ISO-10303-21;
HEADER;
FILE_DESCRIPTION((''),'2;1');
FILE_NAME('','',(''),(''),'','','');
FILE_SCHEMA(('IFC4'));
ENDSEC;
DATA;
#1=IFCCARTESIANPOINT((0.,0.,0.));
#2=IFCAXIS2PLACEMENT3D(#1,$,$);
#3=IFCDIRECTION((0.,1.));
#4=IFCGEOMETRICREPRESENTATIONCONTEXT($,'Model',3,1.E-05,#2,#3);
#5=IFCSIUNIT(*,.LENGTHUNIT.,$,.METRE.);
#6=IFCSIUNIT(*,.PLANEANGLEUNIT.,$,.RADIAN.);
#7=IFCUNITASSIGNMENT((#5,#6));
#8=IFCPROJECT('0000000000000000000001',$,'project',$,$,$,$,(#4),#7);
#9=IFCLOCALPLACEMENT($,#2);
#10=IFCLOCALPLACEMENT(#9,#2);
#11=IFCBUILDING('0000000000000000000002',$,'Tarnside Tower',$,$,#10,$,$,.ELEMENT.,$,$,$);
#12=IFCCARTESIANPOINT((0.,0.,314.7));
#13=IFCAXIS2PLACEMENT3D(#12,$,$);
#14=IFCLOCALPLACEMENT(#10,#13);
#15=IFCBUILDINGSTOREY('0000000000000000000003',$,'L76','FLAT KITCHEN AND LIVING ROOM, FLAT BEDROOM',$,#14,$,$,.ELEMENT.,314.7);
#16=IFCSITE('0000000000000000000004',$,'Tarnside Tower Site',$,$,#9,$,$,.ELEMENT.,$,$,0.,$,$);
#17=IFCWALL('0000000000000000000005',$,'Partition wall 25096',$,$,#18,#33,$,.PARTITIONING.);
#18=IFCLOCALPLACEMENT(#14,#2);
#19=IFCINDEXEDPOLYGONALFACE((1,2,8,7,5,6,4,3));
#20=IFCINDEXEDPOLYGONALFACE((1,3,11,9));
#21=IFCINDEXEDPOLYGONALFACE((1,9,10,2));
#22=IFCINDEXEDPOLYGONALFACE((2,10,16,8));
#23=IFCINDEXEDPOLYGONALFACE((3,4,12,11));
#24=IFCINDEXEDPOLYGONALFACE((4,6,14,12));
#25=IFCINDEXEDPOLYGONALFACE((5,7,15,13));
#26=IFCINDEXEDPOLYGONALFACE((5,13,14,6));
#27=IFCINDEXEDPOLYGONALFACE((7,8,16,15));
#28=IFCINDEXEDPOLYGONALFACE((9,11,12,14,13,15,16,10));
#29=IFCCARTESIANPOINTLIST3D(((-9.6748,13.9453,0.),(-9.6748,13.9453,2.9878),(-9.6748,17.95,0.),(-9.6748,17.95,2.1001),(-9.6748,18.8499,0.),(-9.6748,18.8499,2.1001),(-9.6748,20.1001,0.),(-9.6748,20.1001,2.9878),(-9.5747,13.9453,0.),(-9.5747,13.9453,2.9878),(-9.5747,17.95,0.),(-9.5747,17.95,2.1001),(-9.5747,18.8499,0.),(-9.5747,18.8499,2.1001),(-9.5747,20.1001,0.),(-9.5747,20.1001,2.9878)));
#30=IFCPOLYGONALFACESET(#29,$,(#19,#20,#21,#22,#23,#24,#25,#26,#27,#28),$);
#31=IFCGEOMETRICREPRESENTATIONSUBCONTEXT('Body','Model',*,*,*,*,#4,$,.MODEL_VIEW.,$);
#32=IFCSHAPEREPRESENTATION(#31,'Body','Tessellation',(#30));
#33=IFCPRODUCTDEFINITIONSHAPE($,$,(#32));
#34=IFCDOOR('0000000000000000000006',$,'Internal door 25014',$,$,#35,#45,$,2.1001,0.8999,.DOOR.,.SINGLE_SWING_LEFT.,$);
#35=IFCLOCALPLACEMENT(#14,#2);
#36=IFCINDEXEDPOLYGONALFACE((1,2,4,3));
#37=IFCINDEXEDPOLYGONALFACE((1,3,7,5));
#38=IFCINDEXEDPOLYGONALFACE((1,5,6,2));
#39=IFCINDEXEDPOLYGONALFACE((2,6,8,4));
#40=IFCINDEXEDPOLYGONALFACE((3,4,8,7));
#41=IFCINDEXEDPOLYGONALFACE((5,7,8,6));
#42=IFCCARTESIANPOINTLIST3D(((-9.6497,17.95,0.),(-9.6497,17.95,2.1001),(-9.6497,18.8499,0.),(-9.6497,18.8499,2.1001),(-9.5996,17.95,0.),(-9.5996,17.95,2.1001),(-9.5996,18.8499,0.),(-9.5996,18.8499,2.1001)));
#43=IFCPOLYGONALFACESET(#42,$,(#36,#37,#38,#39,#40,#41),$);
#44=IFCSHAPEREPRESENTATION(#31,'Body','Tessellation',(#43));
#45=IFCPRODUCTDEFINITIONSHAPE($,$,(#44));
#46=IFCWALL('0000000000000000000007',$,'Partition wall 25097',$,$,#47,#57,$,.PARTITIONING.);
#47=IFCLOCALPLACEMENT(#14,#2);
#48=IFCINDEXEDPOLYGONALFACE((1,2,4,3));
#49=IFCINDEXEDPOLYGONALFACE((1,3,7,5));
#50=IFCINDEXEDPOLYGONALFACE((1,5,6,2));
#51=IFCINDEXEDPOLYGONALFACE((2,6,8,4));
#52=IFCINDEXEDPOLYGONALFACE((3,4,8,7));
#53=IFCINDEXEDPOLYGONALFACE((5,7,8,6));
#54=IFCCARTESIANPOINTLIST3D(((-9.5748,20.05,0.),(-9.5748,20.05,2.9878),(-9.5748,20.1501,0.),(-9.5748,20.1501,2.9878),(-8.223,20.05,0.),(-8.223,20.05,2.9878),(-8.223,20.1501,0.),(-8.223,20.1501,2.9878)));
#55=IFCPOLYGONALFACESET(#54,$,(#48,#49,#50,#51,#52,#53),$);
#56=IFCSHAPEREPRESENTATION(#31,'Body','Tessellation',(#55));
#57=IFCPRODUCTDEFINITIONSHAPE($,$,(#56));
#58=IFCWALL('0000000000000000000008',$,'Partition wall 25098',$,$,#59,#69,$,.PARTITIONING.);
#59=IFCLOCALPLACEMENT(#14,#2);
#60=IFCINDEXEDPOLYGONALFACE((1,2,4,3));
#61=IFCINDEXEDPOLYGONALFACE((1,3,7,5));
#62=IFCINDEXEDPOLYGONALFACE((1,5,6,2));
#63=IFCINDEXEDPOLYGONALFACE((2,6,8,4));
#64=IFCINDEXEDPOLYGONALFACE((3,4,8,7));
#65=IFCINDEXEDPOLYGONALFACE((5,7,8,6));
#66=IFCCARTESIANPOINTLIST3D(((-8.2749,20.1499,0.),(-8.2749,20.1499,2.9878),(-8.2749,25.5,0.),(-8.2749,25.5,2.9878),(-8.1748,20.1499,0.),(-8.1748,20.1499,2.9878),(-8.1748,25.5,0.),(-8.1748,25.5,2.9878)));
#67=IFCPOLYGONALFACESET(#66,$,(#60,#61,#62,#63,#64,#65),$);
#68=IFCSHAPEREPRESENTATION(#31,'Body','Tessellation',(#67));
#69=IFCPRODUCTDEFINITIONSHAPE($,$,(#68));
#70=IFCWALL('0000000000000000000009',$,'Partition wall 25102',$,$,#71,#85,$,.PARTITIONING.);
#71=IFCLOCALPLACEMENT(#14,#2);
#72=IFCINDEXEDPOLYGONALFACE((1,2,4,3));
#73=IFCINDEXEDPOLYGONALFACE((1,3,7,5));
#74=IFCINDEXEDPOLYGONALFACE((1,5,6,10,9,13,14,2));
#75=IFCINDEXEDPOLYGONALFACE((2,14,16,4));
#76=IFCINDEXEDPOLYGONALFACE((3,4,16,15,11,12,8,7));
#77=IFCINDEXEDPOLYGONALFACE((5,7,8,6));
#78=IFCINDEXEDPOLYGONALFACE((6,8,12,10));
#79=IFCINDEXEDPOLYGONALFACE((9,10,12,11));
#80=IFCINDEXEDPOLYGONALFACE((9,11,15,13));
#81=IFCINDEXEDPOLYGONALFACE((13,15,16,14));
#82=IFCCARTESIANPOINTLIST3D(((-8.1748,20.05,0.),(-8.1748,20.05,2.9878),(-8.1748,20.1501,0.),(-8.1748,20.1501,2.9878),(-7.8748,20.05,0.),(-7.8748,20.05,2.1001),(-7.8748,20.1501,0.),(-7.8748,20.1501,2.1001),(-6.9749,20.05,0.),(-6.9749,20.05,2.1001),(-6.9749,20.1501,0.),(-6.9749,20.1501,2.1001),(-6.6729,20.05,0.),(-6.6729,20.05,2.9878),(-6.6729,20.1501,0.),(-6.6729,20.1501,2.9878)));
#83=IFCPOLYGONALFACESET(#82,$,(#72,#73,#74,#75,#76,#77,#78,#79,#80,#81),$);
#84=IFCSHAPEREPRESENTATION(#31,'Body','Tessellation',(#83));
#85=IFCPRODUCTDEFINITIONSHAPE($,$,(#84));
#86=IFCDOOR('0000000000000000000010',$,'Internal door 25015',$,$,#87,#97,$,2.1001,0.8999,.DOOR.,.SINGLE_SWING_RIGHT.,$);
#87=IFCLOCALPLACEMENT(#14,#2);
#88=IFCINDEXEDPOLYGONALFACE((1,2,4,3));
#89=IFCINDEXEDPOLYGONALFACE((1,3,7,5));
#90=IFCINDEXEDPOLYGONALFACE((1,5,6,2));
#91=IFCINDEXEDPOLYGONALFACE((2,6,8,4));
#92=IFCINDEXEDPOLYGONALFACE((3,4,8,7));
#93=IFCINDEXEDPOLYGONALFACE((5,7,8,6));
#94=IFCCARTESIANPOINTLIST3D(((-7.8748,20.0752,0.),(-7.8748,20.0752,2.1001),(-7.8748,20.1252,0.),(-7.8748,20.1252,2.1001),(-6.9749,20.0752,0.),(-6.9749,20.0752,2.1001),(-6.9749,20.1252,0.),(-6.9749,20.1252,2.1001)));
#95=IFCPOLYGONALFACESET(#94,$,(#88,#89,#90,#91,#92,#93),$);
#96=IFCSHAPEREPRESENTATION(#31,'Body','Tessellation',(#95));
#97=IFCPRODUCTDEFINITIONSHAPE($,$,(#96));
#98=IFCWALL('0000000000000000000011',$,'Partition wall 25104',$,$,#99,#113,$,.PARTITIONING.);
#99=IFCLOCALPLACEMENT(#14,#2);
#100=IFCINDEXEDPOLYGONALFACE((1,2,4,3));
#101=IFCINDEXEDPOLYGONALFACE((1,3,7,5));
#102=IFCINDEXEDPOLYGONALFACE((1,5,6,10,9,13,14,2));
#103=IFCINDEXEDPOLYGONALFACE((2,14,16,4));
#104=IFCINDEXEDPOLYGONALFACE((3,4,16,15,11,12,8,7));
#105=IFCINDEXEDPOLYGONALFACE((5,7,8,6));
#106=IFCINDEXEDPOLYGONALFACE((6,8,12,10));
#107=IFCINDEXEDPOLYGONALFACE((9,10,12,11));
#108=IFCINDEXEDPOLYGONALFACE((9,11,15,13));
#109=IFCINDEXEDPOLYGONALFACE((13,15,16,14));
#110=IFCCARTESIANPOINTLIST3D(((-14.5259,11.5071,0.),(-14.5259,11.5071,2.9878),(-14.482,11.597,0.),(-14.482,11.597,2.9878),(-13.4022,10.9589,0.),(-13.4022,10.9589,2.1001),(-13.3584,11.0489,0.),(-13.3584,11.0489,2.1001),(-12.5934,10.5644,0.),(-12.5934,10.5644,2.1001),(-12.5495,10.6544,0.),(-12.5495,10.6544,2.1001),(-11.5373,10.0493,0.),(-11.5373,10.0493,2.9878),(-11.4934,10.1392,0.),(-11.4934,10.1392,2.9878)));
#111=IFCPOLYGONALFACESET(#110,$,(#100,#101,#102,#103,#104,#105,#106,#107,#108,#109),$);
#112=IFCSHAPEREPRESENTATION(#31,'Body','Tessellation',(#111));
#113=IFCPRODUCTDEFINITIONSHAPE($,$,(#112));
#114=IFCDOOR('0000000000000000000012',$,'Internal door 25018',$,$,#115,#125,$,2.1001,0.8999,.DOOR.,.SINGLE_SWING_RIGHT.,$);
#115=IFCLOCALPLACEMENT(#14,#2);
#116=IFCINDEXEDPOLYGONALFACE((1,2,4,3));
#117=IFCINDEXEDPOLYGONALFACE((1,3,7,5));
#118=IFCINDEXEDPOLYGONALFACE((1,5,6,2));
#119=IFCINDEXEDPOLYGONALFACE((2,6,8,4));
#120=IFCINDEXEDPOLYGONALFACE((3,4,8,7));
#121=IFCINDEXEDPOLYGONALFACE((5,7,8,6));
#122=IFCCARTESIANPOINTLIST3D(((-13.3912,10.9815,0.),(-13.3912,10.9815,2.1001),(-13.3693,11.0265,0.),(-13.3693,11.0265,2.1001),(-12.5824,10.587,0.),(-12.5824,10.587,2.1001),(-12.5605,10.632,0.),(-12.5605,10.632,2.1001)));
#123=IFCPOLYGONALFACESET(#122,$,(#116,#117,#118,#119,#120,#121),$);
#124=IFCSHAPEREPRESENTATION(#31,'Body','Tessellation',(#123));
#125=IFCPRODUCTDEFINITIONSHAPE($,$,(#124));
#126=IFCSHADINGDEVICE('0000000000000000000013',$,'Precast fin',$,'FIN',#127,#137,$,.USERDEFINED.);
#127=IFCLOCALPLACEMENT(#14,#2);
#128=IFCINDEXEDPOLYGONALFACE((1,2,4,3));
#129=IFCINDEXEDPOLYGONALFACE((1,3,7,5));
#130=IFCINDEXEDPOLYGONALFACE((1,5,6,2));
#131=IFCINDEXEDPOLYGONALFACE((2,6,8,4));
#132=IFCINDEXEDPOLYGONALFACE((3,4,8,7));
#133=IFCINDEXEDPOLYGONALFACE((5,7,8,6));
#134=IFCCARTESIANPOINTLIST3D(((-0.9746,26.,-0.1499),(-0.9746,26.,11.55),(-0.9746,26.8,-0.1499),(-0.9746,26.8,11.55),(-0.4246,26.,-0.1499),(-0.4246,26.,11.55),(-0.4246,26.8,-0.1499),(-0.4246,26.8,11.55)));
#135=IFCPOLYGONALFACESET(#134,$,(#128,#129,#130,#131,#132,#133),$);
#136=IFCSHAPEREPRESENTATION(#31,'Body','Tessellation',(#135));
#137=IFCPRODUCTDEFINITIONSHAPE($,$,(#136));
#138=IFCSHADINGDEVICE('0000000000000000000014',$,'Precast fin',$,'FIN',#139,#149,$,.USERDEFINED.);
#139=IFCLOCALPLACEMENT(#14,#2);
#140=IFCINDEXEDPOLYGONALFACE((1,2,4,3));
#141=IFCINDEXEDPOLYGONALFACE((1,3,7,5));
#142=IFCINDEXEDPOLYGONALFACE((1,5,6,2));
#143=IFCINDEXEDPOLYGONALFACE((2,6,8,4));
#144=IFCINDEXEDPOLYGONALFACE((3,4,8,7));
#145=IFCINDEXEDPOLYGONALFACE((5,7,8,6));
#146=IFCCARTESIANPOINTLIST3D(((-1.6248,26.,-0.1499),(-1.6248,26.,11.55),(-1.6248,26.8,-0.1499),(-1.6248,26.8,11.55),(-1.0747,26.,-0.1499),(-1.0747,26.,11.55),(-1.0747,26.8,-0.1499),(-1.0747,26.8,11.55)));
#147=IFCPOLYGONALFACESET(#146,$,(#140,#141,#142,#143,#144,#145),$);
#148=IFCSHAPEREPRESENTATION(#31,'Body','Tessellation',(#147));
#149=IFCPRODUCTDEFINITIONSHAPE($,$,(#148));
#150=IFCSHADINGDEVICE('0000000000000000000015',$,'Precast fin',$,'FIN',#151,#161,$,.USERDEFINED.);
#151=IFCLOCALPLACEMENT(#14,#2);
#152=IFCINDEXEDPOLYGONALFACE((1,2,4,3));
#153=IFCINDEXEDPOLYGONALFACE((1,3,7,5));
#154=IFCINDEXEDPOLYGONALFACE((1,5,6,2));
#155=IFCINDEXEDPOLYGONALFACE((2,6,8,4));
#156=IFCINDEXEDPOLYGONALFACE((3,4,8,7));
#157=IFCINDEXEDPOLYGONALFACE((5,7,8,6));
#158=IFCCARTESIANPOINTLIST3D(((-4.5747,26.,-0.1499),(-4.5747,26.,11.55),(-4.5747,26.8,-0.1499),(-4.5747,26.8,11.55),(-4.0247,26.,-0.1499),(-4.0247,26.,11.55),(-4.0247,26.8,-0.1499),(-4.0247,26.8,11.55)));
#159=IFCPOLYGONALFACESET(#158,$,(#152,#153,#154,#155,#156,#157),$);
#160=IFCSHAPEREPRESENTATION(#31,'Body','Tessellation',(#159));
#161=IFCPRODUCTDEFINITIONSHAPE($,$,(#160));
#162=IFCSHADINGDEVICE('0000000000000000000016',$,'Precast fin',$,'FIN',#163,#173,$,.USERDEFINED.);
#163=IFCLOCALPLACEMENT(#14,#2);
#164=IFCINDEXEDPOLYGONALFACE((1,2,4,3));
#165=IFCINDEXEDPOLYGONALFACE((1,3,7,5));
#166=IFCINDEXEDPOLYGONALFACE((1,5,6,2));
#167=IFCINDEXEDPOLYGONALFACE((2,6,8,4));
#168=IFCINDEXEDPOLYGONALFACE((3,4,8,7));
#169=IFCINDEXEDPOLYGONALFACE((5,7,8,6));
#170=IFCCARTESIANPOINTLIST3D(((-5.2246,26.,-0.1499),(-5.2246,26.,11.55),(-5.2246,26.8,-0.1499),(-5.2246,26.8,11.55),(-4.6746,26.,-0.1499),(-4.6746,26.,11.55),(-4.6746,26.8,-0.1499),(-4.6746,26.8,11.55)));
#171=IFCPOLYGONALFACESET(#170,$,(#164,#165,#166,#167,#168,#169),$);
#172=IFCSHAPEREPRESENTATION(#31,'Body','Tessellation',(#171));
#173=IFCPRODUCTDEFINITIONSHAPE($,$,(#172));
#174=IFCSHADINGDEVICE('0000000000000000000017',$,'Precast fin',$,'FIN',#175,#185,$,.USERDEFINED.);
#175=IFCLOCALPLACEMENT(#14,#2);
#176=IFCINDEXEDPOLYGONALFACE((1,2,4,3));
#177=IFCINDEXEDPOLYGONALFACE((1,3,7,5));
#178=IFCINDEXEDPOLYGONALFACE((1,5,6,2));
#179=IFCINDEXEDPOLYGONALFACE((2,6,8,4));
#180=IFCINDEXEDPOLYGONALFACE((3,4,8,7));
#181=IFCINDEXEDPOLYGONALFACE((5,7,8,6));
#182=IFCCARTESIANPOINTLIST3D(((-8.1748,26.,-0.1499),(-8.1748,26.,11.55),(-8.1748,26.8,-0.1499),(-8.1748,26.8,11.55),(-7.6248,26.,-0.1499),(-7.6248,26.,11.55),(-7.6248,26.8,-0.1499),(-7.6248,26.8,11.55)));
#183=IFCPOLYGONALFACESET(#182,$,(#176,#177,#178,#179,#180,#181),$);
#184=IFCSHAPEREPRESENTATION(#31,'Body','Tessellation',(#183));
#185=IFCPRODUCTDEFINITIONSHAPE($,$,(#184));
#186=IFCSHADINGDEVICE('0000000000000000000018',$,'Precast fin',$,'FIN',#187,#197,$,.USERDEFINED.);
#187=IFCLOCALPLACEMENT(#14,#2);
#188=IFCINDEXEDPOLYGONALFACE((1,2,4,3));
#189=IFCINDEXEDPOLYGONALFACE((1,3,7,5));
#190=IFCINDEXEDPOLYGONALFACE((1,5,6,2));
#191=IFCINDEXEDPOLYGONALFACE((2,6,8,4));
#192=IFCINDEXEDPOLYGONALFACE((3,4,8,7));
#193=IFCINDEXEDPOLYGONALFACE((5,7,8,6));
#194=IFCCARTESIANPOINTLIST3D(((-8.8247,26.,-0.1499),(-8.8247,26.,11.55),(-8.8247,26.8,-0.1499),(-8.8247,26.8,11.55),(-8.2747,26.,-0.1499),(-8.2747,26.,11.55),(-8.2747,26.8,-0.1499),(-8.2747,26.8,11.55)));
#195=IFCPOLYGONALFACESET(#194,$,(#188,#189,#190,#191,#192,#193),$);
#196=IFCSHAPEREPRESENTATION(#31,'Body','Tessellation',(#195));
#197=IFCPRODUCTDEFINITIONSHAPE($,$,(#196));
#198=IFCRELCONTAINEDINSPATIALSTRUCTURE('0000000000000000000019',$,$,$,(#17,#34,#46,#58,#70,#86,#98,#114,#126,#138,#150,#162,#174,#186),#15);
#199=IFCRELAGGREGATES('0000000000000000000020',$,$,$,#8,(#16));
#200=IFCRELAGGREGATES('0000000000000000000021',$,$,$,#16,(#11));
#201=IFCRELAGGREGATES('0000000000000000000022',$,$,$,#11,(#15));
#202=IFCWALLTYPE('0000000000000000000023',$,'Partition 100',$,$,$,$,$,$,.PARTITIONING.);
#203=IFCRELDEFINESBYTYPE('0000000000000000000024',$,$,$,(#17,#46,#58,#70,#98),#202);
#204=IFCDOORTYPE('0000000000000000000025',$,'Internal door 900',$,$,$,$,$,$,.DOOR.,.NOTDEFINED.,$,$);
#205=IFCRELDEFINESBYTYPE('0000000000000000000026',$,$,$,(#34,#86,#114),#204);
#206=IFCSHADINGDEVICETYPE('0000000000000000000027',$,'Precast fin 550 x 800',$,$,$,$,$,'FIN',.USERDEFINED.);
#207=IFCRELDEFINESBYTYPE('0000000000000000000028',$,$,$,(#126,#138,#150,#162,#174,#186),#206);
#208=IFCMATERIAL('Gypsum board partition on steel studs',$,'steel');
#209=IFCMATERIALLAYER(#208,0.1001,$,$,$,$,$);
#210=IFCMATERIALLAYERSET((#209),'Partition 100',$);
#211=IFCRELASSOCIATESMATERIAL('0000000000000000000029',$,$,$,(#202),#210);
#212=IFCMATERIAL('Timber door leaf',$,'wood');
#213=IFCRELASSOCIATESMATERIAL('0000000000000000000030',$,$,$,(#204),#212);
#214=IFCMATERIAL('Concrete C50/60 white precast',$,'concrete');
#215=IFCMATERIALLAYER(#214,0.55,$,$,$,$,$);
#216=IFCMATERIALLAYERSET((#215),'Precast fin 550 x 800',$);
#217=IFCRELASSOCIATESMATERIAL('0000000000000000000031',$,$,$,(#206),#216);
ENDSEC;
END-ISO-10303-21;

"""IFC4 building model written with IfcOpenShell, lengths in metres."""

from ifc_helpers import new_model, si_unit, direction, frame, frame_2d, origin, place, context, subcontext, project, spatial, polyline, rectangle, outline, extrude, material, layer, layer_set, type_object, element, fill, save


model = new_model("IFC4")

# Units and contexts
model_context = context("Model", 3, precision=1e-05, world=origin(), true_north=direction((0.0, 1.0)))
body_context = subcontext(model_context, "Body", "Model", "MODEL_VIEW")
ifc_project = project(units=[si_unit("LENGTHUNIT", "METRE"), si_unit("PLANEANGLEUNIT", "RADIAN")], contexts=[model_context])

# Site, building, storey
site_placement = place(None, origin())
site = spatial("IfcSite", under=ifc_project, at=site_placement, Name="Tarnside Tower Site", CompositionType="ELEMENT", RefElevation=0.0)
building_placement = place(site_placement, origin())
building = spatial("IfcBuilding", under=site, at=building_placement, Name="Tarnside Tower", CompositionType="ELEMENT")
storey_placement = place(building_placement, frame((0.0, 0.0, 314.7)))
storey = spatial("IfcBuildingStorey", under=building, at=storey_placement, Name="L76", Description="FLAT KITCHEN AND LIVING ROOM, FLAT BEDROOM", CompositionType="ELEMENT", Elevation=314.7)

# Shared definitions
ifc_material_1 = material(Name="Gypsum board partition on steel studs", Category="steel")
ifc_material_2 = material(Name="Timber door leaf", Category="wood")

# Wall, opening, door
ifc_layer_1 = layer(ifc_material_1, 0.1001)
ifc_layer_set_1 = layer_set([ifc_layer_1], Name="Partition 100")
wall_type_1 = type_object("IfcWallType", Name="Partition 100", PredefinedType="PARTITIONING", material=ifc_layer_set_1)
wall_1_placement = place(storey_placement, frame((-9.6248, 13.9453, 0.0), z_axis=(0.0, 0.0, 1.0), x_axis=(0.0, 1.0, 0.0)))
wall_1 = element("IfcWall", 1, at=wall_1_placement, inside=storey, type_object=wall_type_1, Name="Partition wall 25096", PredefinedType="PARTITIONING", context=body_context, shape_type="SweptSolid", body=[
    extrude(rectangle(XDim=6.1548, YDim=0.1001, at=frame_2d((3.0774, 0.0))), origin(), (0.0, 0.0, 1.0), 2.9878),
])
opening_1_placement = place(wall_1_placement, frame((4.0046, 0.0, 0.0)))
opening_1 = element("IfcOpeningElement", 2, at=opening_1_placement, cuts=wall_1, PredefinedType="OPENING", context=body_context, shape_type="SweptSolid", body=[
    extrude(rectangle(XDim=0.8999, YDim=2.1001, at=frame_2d((0.45, 1.05))), frame((0.0, 0.0601, 0.0), z_axis=(0.0, -1.0, 0.0), x_axis=(1.0, 0.0, 0.0)), (0.0, 0.0, 1.0), 0.1201),
])
door_type_1 = type_object("IfcDoorType", Name="Internal door 900", OperationType="NOTDEFINED", PredefinedType="DOOR", material=ifc_material_2)
door_1_placement = place(opening_1_placement, origin())
door_1 = element("IfcDoor", 3, at=door_1_placement, inside=storey, type_object=door_type_1, Name="Internal door 25014", OperationType="SINGLE_SWING_LEFT", OverallHeight=2.1001, OverallWidth=0.8999, PredefinedType="DOOR", context=body_context, shape_type="SweptSolid", body=[
    extrude(rectangle(XDim=0.8999, YDim=2.1001, at=frame_2d((0.45, 1.05))), frame((0.0, 0.0249, 0.0), z_axis=(0.0, -1.0, 0.0), x_axis=(1.0, 0.0, 0.0)), (0.0, 0.0, 1.0), 0.05),
])
fill(opening_1, door_1)

# Walls
wall_2_placement = place(storey_placement, frame((-9.5747, 20.1001, 0.0), z_axis=(0.0, 0.0, 1.0), x_axis=(1.0, 0.0, 0.0)))
element("IfcWall", 4, at=wall_2_placement, inside=storey, type_object=wall_type_1, Name="Partition wall 25097", PredefinedType="PARTITIONING", context=body_context, shape_type="SweptSolid", body=[
    extrude(rectangle(XDim=1.3518, YDim=0.1001, at=frame_2d((0.6758, 0.0))), origin(), (0.0, 0.0, 1.0), 2.9878),
])
wall_3_placement = place(storey_placement, frame((-8.2249, 20.1499, 0.0), z_axis=(0.0, 0.0, 1.0), x_axis=(0.0, 1.0, 0.0)))
element("IfcWall", 5, at=wall_3_placement, inside=storey, type_object=wall_type_1, Name="Partition wall 25098", PredefinedType="PARTITIONING", context=body_context, shape_type="SweptSolid", body=[
    extrude(rectangle(XDim=5.3501, YDim=0.1001, at=frame_2d((2.675, 0.0))), origin(), (0.0, 0.0, 1.0), 2.9878),
])

# Walls, openings, doors
wall_4_placement = place(storey_placement, frame((-6.6729, 20.1001, 0.0), z_axis=(0.0, 0.0, 1.0), x_axis=(-1.0, 0.0, 0.0)))
wall_4 = element("IfcWall", 6, at=wall_4_placement, inside=storey, type_object=wall_type_1, Name="Partition wall 25102", PredefinedType="PARTITIONING", context=body_context, shape_type="SweptSolid", body=[
    extrude(rectangle(XDim=1.502, YDim=0.1001, at=frame_2d((0.751, 0.0))), origin(), (0.0, 0.0, 1.0), 2.9878),
])
opening_2_placement = place(wall_4_placement, frame((0.302, 0.0, 0.0)))
opening_2 = element("IfcOpeningElement", 7, at=opening_2_placement, cuts=wall_4, PredefinedType="OPENING", context=body_context, shape_type="SweptSolid", body=[
    extrude(rectangle(XDim=0.8999, YDim=2.1001, at=frame_2d((0.45, 1.05))), frame((0.0, 0.0601, 0.0), z_axis=(0.0, -1.0, 0.0), x_axis=(1.0, 0.0, 0.0)), (0.0, 0.0, 1.0), 0.1201),
])
door_2_placement = place(opening_2_placement, origin())
door_2 = element("IfcDoor", 8, at=door_2_placement, inside=storey, type_object=door_type_1, Name="Internal door 25015", OperationType="SINGLE_SWING_RIGHT", OverallHeight=2.1001, OverallWidth=0.8999, PredefinedType="DOOR", context=body_context, shape_type="SweptSolid", body=[
    extrude(rectangle(XDim=0.8999, YDim=2.1001, at=frame_2d((0.45, 1.05))), frame((0.0, 0.0249, 0.0), z_axis=(0.0, -1.0, 0.0), x_axis=(1.0, 0.0, 0.0)), (0.0, 0.0, 1.0), 0.05),
])
fill(opening_2, door_2)
wall_5_placement = place(storey_placement, frame((-11.5154, 10.0942, 0.0), z_axis=(0.0, 0.0, 1.0), x_axis=(-0.898775, 0.438411, 0.0)))
wall_5 = element("IfcWall", 9, at=wall_5_placement, inside=storey, type_object=wall_type_1, Name="Partition wall 25104", PredefinedType="PARTITIONING", context=body_context, shape_type="SweptSolid", body=[
    extrude(rectangle(XDim=3.3252, YDim=0.1001, at=frame_2d((1.6626, 0.0))), origin(), (0.0, 0.0, 1.0), 2.9878),
])
opening_3_placement = place(wall_5_placement, frame((1.175, 0.0, 0.0)))
opening_3 = element("IfcOpeningElement", 10, at=opening_3_placement, cuts=wall_5, PredefinedType="OPENING", context=body_context, shape_type="SweptSolid", body=[
    extrude(rectangle(XDim=0.8999, YDim=2.1001, at=frame_2d((0.45, 1.05))), frame((0.0, 0.0601, 0.0), z_axis=(0.0, -1.0, 0.0), x_axis=(1.0, 0.0, 0.0)), (0.0, 0.0, 1.0), 0.1201),
])
door_3_placement = place(opening_3_placement, origin())
door_3 = element("IfcDoor", 11, at=door_3_placement, inside=storey, type_object=door_type_1, Name="Internal door 25018", OperationType="SINGLE_SWING_RIGHT", OverallHeight=2.1001, OverallWidth=0.8999, PredefinedType="DOOR", context=body_context, shape_type="SweptSolid", body=[
    extrude(rectangle(XDim=0.8999, YDim=2.1001, at=frame_2d((0.45, 1.05))), frame((0.0, 0.0249, 0.0), z_axis=(0.0, -1.0, 0.0), x_axis=(1.0, 0.0, 0.0)), (0.0, 0.0, 1.0), 0.05),
])
fill(opening_3, door_3)

# Shading devices
ifc_material_3 = material(Name="Concrete C50/60 white precast", Category="concrete")
ifc_layer_2 = layer(ifc_material_3, 0.55)
ifc_layer_set_2 = layer_set([ifc_layer_2], Name="Precast fin 550 x 800")
shading_device_type = type_object("IfcShadingDeviceType", Name="Precast fin 550 x 800", ElementType="FIN", PredefinedType="USERDEFINED", material=ifc_layer_set_2)
for number, where, z_axis, x_axis, name in (
    (12, (-0.6997, 26.0, -0.1499), (1.0, 0.0, 0.0), (0.0, 1.0, 0.0), "Precast fin"),
    (13, (-1.3499, 26.0, -0.1499), (1.0, 0.0, 0.0), (0.0, 1.0, 0.0), "Precast fin"),
    (14, (-4.2998, 26.0, -0.1499), (1.0, 0.0, 0.0), (0.0, 1.0, 0.0), "Precast fin"),
    (15, (-4.9497, 26.0, -0.1499), (1.0, 0.0, 0.0), (0.0, 1.0, 0.0), "Precast fin"),
    (16, (-7.8999, 26.0, -0.1499), (1.0, 0.0, 0.0), (0.0, 1.0, 0.0), "Precast fin"),
    (17, (-8.5498, 26.0, -0.1499), (1.0, 0.0, 0.0), (0.0, 1.0, 0.0), "Precast fin"),
):
    element("IfcShadingDevice", number, at=place(storey_placement, frame(where, z_axis=z_axis, x_axis=x_axis)), inside=storey, type_object=shading_device_type, Name=name, ObjectType="FIN", PredefinedType="USERDEFINED", context=body_context, shape_type="SweptSolid", body=[
        extrude(outline(polyline([(0.0, 0.0), (0.8, 0.0), (0.8, 11.7), (0.0, 11.7), (0.0, 0.0)])), frame((0.0, 0.0, -0.2749)), (0.0, 0.0, 1.0), 0.55),
    ])

save(model, "model.ifc")
